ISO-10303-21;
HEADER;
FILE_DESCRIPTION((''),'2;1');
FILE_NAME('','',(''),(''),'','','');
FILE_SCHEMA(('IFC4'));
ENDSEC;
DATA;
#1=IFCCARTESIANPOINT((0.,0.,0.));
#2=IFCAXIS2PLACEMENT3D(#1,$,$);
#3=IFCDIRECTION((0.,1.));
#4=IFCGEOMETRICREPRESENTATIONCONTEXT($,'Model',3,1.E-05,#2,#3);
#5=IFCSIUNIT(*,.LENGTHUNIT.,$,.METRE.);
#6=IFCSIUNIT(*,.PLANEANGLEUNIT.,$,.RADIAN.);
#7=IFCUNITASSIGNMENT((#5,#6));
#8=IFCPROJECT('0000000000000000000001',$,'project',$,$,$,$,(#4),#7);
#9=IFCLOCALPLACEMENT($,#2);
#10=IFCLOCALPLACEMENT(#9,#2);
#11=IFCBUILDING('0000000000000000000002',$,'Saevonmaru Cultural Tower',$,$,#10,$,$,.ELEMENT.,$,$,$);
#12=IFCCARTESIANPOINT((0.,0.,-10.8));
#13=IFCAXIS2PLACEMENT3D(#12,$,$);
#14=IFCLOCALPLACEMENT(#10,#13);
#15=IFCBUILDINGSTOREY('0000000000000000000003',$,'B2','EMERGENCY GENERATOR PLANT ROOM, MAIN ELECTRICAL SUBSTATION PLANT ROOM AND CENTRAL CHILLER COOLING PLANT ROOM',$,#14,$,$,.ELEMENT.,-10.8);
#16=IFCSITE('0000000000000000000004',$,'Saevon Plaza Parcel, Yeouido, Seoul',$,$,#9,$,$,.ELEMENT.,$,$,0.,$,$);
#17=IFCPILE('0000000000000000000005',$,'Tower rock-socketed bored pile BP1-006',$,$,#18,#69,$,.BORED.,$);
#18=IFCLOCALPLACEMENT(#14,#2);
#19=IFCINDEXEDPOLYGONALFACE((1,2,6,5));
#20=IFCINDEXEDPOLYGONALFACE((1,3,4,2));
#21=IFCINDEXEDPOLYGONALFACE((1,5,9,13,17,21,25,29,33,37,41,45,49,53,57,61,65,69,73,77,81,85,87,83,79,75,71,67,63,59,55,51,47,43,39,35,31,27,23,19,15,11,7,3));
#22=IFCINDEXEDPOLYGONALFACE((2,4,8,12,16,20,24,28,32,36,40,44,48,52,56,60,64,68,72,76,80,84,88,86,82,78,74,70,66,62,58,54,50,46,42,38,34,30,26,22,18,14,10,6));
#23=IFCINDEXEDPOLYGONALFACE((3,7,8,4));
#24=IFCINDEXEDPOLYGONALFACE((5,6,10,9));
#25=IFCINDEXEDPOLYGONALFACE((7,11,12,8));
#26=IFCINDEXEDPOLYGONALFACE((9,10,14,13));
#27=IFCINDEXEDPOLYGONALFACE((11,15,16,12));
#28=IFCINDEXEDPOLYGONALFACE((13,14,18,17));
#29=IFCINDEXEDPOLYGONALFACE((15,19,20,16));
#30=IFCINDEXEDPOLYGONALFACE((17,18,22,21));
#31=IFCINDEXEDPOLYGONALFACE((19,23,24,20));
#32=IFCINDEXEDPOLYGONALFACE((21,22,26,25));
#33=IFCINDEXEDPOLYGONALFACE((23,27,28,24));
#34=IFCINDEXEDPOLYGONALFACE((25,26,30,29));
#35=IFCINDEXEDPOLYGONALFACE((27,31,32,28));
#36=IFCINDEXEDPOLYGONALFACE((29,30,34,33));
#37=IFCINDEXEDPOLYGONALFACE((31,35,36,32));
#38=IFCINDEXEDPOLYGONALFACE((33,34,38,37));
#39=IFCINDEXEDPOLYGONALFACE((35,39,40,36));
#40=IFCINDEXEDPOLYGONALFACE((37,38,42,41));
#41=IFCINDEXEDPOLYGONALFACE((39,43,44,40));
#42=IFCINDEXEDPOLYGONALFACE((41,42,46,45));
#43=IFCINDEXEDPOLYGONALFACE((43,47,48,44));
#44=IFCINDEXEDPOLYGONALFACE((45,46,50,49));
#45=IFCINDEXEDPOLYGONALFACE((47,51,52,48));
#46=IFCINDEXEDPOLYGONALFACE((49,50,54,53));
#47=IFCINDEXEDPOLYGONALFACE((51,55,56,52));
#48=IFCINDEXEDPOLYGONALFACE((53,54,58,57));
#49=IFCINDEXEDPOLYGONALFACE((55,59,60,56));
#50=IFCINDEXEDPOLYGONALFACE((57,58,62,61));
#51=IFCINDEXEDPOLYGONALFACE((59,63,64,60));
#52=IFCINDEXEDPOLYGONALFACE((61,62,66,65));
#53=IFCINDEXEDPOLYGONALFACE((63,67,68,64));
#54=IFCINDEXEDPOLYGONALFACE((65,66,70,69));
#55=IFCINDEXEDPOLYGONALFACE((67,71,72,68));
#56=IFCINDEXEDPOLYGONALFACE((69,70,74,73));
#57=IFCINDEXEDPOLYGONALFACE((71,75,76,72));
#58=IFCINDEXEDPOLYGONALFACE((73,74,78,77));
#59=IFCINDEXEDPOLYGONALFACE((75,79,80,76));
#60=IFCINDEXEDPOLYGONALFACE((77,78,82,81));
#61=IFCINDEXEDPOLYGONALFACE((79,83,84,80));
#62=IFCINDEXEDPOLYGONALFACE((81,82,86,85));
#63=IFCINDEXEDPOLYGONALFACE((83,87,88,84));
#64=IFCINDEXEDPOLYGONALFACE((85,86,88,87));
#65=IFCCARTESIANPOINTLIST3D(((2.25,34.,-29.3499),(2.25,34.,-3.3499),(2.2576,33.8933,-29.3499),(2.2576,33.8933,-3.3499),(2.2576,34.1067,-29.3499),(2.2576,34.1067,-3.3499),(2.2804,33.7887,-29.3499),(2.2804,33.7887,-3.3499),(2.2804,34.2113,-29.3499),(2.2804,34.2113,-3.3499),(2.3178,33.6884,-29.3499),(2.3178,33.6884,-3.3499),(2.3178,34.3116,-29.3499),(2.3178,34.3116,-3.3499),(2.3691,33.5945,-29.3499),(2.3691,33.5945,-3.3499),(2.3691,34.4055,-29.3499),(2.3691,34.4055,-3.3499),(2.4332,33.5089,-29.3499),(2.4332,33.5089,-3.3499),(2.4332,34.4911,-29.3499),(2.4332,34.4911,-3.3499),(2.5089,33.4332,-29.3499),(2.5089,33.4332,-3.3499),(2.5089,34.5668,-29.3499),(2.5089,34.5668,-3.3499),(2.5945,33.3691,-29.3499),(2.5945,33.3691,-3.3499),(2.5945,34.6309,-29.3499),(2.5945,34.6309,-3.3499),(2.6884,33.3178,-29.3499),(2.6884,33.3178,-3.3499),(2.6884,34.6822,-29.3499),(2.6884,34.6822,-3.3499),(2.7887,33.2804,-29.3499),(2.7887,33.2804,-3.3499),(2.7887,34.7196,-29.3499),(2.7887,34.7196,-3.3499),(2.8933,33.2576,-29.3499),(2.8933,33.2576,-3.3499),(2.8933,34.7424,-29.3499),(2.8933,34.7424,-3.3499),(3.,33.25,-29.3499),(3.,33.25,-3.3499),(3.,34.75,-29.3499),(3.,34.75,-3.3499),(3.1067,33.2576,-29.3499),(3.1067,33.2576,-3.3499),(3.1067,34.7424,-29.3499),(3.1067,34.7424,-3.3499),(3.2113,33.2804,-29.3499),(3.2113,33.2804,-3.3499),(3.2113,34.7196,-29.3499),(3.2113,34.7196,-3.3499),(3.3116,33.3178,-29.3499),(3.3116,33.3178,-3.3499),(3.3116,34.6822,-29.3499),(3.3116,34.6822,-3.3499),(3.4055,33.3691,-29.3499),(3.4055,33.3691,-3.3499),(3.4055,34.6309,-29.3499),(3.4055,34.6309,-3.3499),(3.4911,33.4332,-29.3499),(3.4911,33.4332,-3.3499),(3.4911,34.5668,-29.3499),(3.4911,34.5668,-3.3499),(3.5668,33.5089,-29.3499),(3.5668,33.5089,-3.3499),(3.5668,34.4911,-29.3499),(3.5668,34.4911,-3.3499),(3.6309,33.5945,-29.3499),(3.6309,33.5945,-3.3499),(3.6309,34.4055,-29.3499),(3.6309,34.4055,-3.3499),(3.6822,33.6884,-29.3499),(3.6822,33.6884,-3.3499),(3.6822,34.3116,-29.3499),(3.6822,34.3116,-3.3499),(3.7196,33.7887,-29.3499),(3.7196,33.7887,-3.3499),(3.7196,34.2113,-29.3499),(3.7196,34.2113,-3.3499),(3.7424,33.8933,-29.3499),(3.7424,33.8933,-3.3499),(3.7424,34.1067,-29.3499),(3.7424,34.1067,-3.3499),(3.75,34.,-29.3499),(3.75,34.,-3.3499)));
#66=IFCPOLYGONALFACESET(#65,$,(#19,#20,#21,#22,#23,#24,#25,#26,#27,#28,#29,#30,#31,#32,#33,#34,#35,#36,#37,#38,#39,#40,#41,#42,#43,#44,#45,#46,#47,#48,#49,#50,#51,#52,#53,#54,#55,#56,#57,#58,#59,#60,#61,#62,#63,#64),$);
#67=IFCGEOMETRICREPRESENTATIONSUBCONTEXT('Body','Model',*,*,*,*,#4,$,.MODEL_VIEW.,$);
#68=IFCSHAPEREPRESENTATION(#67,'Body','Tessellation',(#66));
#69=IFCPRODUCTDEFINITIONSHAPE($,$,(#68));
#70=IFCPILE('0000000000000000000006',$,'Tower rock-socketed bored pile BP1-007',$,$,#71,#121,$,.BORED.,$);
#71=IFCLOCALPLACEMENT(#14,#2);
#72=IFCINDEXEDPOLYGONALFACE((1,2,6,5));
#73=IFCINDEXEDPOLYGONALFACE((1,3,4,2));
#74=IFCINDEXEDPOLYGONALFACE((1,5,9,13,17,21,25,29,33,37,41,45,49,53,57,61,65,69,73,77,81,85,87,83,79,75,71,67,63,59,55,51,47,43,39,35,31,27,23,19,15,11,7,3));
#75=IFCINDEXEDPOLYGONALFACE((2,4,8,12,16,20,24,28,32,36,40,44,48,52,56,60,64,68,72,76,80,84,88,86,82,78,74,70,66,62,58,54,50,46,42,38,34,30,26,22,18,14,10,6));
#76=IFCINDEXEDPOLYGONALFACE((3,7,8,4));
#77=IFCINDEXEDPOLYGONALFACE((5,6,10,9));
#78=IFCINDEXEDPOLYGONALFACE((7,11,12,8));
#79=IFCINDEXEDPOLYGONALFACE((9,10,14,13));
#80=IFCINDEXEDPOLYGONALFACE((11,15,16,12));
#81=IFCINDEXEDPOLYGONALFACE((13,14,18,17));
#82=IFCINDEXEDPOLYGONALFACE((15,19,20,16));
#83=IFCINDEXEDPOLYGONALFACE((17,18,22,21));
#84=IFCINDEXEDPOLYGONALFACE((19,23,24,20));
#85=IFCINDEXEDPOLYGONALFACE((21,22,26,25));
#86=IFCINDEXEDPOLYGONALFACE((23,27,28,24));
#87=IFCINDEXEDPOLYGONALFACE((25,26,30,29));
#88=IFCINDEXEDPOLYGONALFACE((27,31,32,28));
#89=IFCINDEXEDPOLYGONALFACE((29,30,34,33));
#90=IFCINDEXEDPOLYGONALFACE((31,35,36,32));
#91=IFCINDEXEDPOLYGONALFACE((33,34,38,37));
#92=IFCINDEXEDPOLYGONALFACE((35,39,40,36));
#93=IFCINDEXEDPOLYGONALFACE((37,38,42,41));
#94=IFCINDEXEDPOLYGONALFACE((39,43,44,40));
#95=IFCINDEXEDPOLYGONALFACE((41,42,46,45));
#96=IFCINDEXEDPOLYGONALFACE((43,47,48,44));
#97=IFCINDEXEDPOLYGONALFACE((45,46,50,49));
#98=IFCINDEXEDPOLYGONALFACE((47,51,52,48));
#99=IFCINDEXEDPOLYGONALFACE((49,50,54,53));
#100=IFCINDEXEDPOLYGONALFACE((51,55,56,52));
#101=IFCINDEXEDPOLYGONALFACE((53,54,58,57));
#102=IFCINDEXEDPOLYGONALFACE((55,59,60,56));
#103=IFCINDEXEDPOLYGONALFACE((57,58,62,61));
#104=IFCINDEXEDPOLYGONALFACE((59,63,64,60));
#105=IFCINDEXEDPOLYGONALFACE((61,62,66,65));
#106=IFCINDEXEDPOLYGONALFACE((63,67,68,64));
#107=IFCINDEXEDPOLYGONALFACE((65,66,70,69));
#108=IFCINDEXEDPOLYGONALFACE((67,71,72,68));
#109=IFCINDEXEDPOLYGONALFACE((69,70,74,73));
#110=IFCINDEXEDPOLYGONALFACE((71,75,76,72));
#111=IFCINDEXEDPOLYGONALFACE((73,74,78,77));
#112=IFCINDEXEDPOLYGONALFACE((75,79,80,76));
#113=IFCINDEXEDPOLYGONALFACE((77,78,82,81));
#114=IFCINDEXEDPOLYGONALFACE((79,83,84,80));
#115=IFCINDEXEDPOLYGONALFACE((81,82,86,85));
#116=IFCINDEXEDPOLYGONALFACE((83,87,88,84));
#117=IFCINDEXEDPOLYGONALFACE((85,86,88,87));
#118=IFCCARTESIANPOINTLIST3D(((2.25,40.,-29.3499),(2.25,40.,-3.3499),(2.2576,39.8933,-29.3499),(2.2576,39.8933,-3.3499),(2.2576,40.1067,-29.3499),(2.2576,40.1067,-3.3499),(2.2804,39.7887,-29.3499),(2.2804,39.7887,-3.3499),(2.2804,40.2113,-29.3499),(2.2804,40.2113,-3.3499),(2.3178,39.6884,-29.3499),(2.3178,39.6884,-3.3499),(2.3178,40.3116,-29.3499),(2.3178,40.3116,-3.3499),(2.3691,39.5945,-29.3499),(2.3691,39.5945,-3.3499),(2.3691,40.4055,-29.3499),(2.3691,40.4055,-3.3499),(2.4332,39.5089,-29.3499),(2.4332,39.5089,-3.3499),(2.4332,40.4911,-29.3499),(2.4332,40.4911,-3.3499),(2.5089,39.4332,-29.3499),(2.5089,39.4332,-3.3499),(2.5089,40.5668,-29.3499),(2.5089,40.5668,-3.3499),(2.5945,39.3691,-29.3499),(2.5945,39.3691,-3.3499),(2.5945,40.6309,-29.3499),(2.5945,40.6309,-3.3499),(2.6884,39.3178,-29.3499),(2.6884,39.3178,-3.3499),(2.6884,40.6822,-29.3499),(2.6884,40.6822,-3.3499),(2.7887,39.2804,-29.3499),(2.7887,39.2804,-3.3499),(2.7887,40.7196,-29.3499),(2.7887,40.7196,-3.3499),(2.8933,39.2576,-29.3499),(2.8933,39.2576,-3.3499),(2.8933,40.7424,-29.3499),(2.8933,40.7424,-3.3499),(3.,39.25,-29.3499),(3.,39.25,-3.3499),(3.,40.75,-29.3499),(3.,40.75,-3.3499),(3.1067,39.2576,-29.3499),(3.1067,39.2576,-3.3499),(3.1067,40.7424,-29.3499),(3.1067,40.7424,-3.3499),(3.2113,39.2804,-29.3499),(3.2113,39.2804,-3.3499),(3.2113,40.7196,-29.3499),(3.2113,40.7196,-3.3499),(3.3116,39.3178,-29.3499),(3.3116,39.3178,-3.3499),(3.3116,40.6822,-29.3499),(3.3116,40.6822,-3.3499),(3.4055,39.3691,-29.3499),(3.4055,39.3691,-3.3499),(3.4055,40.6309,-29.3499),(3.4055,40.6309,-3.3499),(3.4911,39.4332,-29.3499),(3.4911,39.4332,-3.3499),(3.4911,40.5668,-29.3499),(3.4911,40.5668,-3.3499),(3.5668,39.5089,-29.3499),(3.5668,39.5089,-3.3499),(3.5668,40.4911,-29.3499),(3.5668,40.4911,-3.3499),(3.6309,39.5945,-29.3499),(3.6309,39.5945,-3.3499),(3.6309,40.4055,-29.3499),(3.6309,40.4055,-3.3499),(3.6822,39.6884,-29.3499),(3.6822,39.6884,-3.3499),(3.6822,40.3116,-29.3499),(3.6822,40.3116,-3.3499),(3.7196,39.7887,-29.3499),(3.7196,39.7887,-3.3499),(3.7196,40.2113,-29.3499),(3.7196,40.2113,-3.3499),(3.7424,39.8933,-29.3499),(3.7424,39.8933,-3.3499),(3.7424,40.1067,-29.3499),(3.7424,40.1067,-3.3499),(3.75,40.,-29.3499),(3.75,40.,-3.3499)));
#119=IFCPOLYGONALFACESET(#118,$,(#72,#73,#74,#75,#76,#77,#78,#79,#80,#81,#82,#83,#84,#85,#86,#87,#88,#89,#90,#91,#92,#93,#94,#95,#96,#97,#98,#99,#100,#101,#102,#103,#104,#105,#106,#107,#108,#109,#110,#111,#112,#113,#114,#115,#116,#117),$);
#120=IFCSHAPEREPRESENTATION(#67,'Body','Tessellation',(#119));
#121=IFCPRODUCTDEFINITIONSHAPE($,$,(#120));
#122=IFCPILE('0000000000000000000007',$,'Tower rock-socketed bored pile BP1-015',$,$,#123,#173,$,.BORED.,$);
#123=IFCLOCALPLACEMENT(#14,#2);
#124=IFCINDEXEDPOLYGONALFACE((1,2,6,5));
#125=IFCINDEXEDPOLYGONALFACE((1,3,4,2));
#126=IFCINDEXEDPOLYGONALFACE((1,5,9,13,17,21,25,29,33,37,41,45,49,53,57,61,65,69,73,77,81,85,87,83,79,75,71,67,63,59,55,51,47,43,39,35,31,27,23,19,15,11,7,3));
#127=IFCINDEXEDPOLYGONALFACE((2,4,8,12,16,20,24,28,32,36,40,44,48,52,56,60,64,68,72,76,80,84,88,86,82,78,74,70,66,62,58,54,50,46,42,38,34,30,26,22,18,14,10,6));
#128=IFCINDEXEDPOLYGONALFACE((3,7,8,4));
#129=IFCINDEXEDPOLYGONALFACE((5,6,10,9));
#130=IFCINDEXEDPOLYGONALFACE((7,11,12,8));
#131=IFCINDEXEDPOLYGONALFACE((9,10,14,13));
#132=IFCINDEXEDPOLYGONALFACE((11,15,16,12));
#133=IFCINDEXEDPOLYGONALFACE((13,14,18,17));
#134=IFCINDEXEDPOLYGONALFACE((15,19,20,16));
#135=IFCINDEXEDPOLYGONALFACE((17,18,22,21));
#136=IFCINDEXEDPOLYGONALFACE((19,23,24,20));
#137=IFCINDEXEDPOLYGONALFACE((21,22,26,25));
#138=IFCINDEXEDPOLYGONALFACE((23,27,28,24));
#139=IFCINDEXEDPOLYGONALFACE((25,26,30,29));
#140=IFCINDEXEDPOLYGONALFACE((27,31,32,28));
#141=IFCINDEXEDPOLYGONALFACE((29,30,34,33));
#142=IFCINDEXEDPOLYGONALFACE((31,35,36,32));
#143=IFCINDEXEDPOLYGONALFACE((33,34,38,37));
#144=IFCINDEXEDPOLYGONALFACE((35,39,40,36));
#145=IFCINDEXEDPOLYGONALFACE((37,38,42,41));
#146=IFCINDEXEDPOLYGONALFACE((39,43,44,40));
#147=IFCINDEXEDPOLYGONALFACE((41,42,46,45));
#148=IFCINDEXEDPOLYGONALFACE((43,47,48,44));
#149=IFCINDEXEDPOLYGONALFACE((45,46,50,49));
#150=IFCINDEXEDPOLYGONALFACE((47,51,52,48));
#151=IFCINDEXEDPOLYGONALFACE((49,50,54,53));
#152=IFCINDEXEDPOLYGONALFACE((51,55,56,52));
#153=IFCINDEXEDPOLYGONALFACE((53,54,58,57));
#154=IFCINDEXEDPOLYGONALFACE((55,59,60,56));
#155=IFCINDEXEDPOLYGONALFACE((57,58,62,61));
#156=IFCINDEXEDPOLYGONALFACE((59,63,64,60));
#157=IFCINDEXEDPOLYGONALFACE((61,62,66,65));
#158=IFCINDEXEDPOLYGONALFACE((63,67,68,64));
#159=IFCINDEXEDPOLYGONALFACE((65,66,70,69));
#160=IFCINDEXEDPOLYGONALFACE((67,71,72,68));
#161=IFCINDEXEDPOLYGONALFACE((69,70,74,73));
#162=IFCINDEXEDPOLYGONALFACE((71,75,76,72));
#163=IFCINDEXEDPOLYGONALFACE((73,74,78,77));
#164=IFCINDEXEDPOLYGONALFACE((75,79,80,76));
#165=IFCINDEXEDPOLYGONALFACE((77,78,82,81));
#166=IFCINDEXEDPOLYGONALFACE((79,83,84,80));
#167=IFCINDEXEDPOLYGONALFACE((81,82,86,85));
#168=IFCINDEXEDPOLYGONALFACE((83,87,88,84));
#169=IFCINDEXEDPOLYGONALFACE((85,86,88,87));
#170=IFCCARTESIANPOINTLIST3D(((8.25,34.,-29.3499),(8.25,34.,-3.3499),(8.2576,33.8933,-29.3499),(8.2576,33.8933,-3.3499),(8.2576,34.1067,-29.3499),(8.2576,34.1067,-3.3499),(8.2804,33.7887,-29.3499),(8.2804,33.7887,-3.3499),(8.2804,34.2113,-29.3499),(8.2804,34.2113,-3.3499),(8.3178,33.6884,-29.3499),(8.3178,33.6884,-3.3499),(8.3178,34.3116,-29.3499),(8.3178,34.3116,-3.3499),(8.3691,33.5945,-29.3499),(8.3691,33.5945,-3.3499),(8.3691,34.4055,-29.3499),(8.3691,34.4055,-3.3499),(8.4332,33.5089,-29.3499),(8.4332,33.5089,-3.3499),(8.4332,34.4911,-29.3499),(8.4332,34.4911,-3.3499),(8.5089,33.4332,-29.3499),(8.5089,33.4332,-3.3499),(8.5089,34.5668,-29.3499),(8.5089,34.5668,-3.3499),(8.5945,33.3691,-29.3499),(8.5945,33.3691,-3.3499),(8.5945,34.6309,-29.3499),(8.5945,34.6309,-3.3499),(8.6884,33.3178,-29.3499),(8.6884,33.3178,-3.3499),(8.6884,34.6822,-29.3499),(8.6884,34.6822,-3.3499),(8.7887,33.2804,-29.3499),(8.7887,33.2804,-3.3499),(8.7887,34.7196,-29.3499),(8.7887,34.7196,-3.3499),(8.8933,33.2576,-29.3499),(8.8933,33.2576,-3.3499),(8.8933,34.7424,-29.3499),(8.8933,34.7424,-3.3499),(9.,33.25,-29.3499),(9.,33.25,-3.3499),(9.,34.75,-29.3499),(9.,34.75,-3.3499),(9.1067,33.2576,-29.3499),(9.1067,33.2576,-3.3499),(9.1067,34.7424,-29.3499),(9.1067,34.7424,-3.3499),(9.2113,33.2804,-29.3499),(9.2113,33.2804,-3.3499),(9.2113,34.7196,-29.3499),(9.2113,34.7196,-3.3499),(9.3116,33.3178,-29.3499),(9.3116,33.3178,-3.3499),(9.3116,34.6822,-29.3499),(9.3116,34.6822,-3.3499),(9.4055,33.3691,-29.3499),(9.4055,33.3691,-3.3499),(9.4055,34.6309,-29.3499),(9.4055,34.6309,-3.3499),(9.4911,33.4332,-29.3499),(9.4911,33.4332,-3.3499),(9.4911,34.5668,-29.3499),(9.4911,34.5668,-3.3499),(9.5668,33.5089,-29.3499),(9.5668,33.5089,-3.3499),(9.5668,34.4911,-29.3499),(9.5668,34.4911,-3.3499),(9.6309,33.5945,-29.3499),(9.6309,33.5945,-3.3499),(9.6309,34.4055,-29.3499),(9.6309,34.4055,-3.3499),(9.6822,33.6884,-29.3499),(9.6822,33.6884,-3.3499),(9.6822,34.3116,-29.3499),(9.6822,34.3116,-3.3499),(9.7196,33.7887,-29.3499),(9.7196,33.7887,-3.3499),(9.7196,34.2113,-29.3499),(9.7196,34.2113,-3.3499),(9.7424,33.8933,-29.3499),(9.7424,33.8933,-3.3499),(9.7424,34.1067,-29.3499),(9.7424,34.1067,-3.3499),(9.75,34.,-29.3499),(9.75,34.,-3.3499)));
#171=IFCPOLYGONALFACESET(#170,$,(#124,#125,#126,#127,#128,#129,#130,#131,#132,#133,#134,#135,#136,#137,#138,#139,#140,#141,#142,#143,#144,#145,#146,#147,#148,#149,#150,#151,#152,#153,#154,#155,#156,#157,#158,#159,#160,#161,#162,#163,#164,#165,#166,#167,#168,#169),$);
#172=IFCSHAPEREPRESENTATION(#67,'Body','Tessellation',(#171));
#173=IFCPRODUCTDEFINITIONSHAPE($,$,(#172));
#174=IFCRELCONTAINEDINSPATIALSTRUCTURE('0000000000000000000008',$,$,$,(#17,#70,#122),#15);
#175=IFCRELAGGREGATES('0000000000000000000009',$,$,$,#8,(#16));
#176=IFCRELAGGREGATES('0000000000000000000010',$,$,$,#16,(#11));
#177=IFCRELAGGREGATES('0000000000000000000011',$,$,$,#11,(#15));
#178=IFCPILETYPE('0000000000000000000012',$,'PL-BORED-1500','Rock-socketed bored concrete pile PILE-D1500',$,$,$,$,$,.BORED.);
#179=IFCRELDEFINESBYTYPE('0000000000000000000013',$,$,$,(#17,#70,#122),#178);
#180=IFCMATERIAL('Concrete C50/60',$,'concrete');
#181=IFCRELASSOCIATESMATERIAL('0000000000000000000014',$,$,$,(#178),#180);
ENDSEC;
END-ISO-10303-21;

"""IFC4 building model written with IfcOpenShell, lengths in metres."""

from ifc_helpers import new_model, si_unit, direction, frame, origin, origin_2d, place, context, subcontext, project, spatial, circle, extrude, material, material_profile, profile_set, type_object, element, save


model = new_model("IFC4")

# Units and contexts
model_context = context("Model", 3, precision=1e-05, world=origin(), true_north=direction((0.0, 1.0)))
body_context = subcontext(model_context, "Body", "Model", "MODEL_VIEW")
ifc_project = project(units=[si_unit("LENGTHUNIT", "METRE"), si_unit("PLANEANGLEUNIT", "RADIAN")], contexts=[model_context])

# Site, building, storey
site_placement = place(None, origin())
site = spatial("IfcSite", under=ifc_project, at=site_placement, Name="Saevon Plaza Parcel, Yeouido, Seoul", CompositionType="ELEMENT", RefElevation=0.0)
building_placement = place(site_placement, origin())
building = spatial("IfcBuilding", under=site, at=building_placement, Name="Saevonmaru Cultural Tower", CompositionType="ELEMENT")
storey_placement = place(building_placement, frame((0.0, 0.0, -10.8)))
storey = spatial("IfcBuildingStorey", under=building, at=storey_placement, Name="B2", Description="EMERGENCY GENERATOR PLANT ROOM, MAIN ELECTRICAL SUBSTATION PLANT ROOM AND CENTRAL CHILLER COOLING PLANT ROOM", CompositionType="ELEMENT", Elevation=-10.8)

# Piles
ifc_material_1 = material(Name="Concrete C50/60", Category="concrete")
ifc_material_profile_1 = material_profile(ifc_material_1, circle(Radius=0.75, at=origin_2d()), Name="PILE-D1500")
ifc_profile_set_1 = profile_set([ifc_material_profile_1], Name="Concrete C50/60")
pile_type = type_object("IfcPileType", Name="PL-BORED-1500", Description="Rock-socketed bored concrete pile PILE-D1500", PredefinedType="BORED", material=ifc_profile_set_1)
for number, where, z_axis, x_axis, name in (
    (1, (3.0, 34.0, -3.3499), (0.0, 0.0, -1.0), (1.0, 0.0, 0.0), "Tower rock-socketed bored pile BP1-006"),
    (2, (3.0, 40.0, -3.3499), (0.0, 0.0, -1.0), (1.0, 0.0, 0.0), "Tower rock-socketed bored pile BP1-007"),
    (3, (9.0, 34.0, -3.3499), (0.0, 0.0, -1.0), (1.0, 0.0, 0.0), "Tower rock-socketed bored pile BP1-015"),
):
    element("IfcPile", number, at=place(storey_placement, frame(where, z_axis=z_axis, x_axis=x_axis)), inside=storey, type_object=pile_type, Name=name, PredefinedType="BORED", context=body_context, shape_type="SweptSolid", body=[
        extrude(circle(Radius=0.75, at=origin_2d()), origin(), (0.0, 0.0, 1.0), 26.0),
    ])

save(model, "model.ifc")
